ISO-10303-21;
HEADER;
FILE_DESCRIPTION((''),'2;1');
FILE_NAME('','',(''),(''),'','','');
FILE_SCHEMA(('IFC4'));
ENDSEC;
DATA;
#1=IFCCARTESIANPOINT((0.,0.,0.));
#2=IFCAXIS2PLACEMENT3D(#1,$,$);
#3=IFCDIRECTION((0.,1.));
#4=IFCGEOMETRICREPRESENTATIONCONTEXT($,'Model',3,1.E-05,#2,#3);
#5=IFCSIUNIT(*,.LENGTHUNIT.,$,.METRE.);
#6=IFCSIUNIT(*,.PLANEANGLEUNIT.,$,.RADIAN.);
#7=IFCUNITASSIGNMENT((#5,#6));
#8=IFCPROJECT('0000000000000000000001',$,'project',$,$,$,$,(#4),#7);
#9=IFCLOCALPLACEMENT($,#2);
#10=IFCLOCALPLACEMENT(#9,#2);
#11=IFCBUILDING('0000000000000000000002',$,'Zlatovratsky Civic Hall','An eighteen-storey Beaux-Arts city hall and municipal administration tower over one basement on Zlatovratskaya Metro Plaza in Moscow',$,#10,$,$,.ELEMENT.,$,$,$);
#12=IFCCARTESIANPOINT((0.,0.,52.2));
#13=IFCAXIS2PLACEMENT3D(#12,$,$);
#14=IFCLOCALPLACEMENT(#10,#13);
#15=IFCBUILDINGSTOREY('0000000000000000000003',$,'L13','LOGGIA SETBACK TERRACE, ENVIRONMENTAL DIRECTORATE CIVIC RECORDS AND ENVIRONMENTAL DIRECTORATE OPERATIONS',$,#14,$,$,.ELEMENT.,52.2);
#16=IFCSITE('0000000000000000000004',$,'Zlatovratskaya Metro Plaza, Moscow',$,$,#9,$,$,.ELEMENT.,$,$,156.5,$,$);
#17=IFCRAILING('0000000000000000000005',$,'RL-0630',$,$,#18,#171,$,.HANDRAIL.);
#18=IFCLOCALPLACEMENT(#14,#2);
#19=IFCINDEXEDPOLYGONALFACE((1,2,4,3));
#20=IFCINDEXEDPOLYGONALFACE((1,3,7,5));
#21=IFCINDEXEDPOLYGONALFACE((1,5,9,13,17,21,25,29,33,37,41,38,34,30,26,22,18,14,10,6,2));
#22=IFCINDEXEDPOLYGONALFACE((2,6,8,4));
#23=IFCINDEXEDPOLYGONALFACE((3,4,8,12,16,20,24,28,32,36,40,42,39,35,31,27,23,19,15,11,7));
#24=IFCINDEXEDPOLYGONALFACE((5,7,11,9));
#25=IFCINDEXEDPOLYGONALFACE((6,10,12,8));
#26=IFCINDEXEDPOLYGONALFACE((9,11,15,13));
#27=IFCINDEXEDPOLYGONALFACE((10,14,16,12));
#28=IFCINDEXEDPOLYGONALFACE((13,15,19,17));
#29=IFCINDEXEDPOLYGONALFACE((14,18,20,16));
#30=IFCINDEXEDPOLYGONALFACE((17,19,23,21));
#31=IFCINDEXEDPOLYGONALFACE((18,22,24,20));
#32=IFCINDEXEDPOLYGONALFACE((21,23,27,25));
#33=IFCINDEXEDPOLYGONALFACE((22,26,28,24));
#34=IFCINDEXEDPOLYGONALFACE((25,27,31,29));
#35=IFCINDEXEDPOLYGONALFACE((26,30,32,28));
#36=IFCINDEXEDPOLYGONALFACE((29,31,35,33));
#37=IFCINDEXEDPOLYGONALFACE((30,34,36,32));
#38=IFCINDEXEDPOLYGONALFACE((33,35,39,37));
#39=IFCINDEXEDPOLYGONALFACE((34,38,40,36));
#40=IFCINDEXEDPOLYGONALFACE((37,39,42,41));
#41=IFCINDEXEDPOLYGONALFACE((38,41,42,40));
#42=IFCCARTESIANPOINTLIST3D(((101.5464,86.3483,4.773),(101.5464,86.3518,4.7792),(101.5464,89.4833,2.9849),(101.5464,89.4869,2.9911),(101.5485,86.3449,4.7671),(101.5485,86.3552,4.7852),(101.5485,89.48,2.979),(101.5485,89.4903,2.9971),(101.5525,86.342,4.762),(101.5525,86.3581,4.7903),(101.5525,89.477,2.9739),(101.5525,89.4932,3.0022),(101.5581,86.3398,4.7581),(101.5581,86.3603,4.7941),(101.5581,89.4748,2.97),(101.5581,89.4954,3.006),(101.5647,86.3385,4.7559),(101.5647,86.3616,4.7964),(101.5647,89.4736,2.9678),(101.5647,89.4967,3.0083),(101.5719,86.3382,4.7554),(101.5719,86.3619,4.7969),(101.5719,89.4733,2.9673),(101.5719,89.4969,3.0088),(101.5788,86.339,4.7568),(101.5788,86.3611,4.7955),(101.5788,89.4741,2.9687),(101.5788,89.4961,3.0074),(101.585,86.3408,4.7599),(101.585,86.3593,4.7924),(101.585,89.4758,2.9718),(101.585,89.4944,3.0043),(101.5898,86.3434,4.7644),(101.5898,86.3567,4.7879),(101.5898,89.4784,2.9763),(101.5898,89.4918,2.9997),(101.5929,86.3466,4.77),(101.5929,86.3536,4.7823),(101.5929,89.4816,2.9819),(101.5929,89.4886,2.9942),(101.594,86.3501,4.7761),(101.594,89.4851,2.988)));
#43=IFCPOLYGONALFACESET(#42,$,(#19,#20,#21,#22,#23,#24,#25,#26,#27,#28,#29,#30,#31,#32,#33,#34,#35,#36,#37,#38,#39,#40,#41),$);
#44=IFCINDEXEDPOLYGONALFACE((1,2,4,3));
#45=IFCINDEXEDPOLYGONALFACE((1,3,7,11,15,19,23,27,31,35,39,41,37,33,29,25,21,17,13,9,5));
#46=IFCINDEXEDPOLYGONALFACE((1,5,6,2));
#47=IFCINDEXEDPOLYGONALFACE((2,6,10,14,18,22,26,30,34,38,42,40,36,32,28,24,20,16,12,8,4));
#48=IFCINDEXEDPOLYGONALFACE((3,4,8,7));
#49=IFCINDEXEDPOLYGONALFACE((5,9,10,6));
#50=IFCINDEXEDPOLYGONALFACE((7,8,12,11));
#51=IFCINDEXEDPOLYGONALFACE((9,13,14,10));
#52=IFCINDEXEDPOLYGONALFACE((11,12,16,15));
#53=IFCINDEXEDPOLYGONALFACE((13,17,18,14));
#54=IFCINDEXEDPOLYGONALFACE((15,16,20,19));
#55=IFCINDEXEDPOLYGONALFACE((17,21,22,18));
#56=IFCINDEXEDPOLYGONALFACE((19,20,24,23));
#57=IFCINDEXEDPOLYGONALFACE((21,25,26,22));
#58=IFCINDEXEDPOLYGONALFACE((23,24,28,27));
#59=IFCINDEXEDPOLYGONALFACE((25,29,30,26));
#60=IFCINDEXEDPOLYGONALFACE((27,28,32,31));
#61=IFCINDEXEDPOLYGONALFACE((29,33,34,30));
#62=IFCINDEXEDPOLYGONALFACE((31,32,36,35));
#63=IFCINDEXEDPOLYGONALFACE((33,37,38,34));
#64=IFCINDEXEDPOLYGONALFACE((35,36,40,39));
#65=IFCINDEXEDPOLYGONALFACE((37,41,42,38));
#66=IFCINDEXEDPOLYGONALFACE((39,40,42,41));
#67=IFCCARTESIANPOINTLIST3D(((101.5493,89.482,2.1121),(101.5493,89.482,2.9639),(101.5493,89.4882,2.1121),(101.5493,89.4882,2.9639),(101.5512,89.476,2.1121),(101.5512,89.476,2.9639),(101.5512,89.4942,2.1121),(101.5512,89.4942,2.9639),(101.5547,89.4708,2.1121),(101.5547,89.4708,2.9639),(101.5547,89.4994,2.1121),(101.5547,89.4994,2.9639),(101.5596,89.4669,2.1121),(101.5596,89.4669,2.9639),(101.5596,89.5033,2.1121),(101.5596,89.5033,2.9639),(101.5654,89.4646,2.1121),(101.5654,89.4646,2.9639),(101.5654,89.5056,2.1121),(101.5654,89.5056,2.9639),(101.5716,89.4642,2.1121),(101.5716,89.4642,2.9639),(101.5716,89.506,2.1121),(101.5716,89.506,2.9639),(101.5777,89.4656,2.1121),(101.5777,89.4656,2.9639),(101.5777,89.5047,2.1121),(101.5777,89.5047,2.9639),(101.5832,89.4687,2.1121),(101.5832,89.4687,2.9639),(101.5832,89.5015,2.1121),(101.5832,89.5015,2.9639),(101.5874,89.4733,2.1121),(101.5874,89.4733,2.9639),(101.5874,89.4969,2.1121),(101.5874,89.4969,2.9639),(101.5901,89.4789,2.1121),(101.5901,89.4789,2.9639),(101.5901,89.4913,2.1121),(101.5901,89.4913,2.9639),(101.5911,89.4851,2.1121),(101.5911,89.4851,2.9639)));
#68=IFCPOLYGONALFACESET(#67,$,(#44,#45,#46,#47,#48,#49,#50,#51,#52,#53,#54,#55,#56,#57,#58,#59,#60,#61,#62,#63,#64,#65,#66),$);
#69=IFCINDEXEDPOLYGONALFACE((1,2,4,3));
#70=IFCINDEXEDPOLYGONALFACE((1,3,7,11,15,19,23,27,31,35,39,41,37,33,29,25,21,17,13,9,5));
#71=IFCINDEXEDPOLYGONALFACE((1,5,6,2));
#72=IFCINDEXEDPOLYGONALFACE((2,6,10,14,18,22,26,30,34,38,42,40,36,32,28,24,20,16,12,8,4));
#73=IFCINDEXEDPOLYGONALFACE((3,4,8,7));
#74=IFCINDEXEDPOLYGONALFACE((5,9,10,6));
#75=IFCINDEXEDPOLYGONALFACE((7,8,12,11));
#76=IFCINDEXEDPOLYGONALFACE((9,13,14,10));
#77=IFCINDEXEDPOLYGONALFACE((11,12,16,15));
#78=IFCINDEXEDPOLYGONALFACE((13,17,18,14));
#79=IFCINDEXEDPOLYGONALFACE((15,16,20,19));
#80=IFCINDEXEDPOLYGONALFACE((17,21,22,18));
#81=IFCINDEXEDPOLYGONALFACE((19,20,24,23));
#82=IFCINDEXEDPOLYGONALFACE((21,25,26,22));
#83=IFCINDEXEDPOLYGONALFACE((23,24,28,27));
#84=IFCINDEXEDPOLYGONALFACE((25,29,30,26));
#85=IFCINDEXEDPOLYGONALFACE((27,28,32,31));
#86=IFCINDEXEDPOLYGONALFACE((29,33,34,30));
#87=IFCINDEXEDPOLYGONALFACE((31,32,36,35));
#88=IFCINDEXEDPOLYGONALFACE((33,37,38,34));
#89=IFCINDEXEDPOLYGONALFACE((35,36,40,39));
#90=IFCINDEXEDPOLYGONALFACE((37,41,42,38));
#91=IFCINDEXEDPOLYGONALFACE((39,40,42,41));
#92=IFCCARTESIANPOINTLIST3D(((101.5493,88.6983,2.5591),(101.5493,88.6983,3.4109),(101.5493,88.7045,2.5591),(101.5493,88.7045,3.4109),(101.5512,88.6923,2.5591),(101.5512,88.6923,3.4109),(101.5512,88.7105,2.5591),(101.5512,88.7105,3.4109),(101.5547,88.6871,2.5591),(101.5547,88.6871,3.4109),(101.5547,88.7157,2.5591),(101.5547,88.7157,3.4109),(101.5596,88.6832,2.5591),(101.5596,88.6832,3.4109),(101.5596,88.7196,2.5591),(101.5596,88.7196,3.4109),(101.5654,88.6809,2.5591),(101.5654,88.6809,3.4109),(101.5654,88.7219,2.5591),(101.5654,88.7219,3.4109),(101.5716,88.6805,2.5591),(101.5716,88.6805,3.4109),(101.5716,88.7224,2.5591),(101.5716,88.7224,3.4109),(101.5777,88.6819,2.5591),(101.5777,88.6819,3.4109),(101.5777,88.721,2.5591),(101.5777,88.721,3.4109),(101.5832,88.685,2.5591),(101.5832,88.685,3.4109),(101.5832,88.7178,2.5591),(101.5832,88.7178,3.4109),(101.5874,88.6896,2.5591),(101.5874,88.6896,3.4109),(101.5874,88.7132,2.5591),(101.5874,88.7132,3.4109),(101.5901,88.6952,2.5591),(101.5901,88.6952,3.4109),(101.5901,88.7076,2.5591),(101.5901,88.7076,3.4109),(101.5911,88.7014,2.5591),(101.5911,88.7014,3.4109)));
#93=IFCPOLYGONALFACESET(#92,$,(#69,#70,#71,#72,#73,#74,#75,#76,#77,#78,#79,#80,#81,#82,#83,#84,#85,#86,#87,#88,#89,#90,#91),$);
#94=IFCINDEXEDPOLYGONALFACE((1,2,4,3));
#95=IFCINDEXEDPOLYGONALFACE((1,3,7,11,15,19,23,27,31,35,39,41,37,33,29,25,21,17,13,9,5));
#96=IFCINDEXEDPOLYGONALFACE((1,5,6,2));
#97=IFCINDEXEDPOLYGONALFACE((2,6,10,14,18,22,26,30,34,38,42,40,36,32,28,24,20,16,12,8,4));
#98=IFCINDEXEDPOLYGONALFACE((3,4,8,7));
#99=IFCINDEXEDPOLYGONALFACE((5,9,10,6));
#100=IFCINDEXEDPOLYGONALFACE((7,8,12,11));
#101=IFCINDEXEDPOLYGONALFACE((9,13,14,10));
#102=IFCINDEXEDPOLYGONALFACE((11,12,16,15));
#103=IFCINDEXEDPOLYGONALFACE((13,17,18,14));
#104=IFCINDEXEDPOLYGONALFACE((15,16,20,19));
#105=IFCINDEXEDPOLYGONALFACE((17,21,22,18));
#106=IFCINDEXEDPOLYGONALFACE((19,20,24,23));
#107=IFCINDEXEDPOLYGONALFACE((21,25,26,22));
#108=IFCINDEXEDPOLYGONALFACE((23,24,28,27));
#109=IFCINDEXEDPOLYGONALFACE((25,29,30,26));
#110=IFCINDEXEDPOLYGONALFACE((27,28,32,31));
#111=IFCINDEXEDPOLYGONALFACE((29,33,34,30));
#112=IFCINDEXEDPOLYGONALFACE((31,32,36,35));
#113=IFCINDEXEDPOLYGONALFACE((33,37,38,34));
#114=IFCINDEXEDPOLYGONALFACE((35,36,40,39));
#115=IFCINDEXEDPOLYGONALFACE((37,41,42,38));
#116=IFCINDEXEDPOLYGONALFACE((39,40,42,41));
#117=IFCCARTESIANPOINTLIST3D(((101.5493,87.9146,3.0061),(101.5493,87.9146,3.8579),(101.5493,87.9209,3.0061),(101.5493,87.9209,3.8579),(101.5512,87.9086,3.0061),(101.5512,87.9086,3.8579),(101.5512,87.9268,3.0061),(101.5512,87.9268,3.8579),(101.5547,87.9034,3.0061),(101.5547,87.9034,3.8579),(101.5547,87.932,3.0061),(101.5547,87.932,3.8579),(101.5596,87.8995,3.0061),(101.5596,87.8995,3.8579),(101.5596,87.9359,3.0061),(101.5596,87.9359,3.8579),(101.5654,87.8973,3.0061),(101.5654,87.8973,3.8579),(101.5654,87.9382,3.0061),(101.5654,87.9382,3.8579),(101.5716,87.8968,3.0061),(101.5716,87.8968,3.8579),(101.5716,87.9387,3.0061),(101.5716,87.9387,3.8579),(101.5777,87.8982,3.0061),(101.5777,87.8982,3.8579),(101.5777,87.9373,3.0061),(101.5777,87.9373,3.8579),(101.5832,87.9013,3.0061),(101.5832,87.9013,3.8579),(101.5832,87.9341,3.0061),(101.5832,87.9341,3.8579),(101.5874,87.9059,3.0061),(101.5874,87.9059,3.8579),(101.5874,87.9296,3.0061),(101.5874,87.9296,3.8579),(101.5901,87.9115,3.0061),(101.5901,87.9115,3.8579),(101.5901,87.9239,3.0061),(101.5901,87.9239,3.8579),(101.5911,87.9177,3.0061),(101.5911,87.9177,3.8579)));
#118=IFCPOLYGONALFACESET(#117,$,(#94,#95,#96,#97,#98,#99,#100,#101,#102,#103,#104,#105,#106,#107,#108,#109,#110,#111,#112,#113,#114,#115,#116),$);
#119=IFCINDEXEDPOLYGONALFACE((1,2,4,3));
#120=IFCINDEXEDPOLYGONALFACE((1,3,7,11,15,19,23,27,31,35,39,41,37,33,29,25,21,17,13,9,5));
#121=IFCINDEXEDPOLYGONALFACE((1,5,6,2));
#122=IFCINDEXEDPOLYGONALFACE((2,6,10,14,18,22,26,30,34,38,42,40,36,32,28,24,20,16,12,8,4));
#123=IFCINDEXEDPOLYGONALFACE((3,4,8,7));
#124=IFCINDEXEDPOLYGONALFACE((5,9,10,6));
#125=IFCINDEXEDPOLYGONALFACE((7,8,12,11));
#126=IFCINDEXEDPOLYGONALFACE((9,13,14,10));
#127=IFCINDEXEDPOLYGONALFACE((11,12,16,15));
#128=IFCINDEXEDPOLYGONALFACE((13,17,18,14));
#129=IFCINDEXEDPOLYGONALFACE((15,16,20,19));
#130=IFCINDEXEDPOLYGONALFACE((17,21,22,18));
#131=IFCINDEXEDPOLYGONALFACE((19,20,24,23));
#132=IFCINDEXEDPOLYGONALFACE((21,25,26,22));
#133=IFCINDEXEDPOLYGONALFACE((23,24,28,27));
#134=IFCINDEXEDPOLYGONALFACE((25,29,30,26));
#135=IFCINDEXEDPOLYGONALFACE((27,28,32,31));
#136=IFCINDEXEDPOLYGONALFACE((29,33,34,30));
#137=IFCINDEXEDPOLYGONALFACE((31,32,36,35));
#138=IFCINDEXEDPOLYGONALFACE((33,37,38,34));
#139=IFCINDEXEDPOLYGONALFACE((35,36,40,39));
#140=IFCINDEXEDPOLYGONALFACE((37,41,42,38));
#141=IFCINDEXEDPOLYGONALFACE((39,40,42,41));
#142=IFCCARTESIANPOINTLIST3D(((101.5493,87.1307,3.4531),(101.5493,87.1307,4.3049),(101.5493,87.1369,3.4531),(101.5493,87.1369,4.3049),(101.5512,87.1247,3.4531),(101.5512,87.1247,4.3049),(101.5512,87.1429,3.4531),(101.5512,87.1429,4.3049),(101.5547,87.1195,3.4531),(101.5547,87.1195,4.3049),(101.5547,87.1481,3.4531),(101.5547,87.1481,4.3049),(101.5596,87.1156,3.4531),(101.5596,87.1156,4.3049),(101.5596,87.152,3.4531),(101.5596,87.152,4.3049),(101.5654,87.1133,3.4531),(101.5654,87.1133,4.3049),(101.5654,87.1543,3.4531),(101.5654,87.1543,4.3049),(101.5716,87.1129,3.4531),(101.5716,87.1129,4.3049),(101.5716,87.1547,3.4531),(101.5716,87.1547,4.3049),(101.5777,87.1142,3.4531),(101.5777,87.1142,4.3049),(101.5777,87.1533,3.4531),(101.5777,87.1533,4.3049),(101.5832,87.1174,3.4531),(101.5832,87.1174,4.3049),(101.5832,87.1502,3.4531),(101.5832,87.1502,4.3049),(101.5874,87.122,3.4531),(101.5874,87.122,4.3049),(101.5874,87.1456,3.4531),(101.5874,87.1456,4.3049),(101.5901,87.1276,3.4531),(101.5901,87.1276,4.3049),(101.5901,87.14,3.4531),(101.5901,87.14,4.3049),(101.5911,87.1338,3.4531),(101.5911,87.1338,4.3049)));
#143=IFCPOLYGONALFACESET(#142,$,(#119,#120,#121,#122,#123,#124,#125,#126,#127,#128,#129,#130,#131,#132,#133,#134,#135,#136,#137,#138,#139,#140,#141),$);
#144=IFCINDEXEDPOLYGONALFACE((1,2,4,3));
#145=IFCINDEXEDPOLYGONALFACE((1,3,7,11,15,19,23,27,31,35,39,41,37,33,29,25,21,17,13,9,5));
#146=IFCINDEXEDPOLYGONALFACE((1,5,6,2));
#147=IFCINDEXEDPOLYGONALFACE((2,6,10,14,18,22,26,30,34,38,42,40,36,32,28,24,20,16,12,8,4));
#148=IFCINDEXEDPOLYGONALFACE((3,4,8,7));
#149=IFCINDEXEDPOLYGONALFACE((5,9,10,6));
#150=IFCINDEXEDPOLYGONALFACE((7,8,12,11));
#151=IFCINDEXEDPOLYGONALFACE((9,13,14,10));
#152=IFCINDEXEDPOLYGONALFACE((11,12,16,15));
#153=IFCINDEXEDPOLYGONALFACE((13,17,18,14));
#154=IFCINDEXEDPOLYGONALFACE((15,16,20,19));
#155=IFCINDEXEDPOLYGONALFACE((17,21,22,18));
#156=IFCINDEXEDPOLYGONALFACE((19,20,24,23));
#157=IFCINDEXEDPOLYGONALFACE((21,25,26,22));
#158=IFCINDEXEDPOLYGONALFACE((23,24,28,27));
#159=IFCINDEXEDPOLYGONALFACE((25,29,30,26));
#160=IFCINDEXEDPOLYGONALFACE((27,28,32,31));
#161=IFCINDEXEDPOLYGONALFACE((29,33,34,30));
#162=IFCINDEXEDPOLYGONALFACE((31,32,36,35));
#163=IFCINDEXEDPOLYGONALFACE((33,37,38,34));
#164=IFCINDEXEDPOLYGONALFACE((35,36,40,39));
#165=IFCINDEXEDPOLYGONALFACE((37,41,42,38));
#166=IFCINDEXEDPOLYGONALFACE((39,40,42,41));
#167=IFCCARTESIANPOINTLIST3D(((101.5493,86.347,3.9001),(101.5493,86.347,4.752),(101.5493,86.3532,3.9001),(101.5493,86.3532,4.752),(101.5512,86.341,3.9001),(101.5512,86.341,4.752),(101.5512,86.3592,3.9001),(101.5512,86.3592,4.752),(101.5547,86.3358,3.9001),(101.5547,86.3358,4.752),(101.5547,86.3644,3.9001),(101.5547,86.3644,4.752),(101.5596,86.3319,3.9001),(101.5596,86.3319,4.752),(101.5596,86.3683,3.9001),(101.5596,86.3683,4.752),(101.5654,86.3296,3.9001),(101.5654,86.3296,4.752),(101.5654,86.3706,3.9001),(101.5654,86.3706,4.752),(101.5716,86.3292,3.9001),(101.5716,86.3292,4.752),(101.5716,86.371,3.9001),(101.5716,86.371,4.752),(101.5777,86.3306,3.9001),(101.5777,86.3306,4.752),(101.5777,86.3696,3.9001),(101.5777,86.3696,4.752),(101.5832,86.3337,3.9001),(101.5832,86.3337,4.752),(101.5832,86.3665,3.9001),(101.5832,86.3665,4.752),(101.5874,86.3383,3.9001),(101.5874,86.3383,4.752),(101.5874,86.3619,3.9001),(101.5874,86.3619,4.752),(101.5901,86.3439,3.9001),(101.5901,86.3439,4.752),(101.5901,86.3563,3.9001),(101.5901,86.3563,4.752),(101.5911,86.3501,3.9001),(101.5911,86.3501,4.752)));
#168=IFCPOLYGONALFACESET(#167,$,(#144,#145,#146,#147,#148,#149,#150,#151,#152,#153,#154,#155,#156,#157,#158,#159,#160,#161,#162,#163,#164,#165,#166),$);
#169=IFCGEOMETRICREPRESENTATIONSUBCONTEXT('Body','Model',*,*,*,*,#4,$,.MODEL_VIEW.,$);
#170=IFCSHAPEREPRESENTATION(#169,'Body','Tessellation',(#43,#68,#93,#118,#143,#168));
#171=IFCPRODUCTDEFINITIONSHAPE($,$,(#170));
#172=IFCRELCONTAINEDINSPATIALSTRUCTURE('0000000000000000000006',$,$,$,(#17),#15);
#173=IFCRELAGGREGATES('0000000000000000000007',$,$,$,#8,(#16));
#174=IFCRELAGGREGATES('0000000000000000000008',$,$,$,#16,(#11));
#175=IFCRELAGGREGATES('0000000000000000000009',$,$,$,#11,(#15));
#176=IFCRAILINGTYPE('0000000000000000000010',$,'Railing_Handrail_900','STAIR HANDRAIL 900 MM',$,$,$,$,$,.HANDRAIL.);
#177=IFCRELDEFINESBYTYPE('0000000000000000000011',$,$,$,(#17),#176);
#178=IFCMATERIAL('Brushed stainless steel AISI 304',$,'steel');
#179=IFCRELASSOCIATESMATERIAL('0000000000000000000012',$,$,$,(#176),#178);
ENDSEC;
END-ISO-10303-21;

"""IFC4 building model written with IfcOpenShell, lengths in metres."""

from ifc_helpers import new_model, si_unit, direction, frame, origin, origin_2d, place, context, subcontext, project, spatial, circle, extrude, material, type_object, element, save


model = new_model("IFC4")

# Units and contexts
model_context = context("Model", 3, precision=1e-05, world=origin(), true_north=direction((0.0, 1.0)))
body_context = subcontext(model_context, "Body", "Model", "MODEL_VIEW")
ifc_project = project(units=[si_unit("LENGTHUNIT", "METRE"), si_unit("PLANEANGLEUNIT", "RADIAN")], contexts=[model_context])

# Site, building, storey
site_placement = place(None, origin())
site = spatial("IfcSite", under=ifc_project, at=site_placement, Name="Zlatovratskaya Metro Plaza, Moscow", CompositionType="ELEMENT", RefElevation=156.5)
building_placement = place(site_placement, origin())
building = spatial("IfcBuilding", under=site, at=building_placement, Name="Zlatovratsky Civic Hall", Description="An eighteen-storey Beaux-Arts city hall and municipal administration tower over one basement on Zlatovratskaya Metro Plaza in Moscow", CompositionType="ELEMENT")
storey_placement = place(building_placement, frame((0.0, 0.0, 52.2)))
storey = spatial("IfcBuildingStorey", under=building, at=storey_placement, Name="L13", Description="LOGGIA SETBACK TERRACE, ENVIRONMENTAL DIRECTORATE CIVIC RECORDS AND ENVIRONMENTAL DIRECTORATE OPERATIONS", CompositionType="ELEMENT", Elevation=52.2)

# Railing
ifc_material_1 = material(Name="Brushed stainless steel AISI 304", Category="steel")
railing_type = type_object("IfcRailingType", Name="Railing_Handrail_900", Description="STAIR HANDRAIL 900 MM", PredefinedType="HANDRAIL", material=ifc_material_1)
railing_placement = place(storey_placement, frame((101.5701, 89.4851, 2.1121)))
element("IfcRailing", 1, at=railing_placement, inside=storey, type_object=railing_type, Name="RL-0630", PredefinedType="HANDRAIL", context=body_context, shape_type="SweptSolid", body=[
    extrude(circle(Radius=0.0239, at=origin_2d()), frame((0.0, 0.0, 0.876), z_axis=(0.0, -0.868642, 0.495439), x_axis=(1.0, 0.0, 0.0)), (0.0, 0.0, 1.0), 3.6091),
    extrude(circle(Radius=0.021, at=origin_2d()), origin(), (0.0, 0.0, 1.0), 0.8518),
    extrude(circle(Radius=0.021, at=origin_2d()), frame((0.0, -0.7837, 0.447)), (0.0, 0.0, 1.0), 0.8518),
    extrude(circle(Radius=0.021, at=origin_2d()), frame((0.0, -1.5674, 0.894)), (0.0, 0.0, 1.0), 0.8518),
    extrude(circle(Radius=0.021, at=origin_2d()), frame((0.0, -2.3513, 1.3411)), (0.0, 0.0, 1.0), 0.8518),
    extrude(circle(Radius=0.021, at=origin_2d()), frame((0.0, -3.135, 1.7881)), (0.0, 0.0, 1.0), 0.8518),
])

save(model, "model.ifc")
